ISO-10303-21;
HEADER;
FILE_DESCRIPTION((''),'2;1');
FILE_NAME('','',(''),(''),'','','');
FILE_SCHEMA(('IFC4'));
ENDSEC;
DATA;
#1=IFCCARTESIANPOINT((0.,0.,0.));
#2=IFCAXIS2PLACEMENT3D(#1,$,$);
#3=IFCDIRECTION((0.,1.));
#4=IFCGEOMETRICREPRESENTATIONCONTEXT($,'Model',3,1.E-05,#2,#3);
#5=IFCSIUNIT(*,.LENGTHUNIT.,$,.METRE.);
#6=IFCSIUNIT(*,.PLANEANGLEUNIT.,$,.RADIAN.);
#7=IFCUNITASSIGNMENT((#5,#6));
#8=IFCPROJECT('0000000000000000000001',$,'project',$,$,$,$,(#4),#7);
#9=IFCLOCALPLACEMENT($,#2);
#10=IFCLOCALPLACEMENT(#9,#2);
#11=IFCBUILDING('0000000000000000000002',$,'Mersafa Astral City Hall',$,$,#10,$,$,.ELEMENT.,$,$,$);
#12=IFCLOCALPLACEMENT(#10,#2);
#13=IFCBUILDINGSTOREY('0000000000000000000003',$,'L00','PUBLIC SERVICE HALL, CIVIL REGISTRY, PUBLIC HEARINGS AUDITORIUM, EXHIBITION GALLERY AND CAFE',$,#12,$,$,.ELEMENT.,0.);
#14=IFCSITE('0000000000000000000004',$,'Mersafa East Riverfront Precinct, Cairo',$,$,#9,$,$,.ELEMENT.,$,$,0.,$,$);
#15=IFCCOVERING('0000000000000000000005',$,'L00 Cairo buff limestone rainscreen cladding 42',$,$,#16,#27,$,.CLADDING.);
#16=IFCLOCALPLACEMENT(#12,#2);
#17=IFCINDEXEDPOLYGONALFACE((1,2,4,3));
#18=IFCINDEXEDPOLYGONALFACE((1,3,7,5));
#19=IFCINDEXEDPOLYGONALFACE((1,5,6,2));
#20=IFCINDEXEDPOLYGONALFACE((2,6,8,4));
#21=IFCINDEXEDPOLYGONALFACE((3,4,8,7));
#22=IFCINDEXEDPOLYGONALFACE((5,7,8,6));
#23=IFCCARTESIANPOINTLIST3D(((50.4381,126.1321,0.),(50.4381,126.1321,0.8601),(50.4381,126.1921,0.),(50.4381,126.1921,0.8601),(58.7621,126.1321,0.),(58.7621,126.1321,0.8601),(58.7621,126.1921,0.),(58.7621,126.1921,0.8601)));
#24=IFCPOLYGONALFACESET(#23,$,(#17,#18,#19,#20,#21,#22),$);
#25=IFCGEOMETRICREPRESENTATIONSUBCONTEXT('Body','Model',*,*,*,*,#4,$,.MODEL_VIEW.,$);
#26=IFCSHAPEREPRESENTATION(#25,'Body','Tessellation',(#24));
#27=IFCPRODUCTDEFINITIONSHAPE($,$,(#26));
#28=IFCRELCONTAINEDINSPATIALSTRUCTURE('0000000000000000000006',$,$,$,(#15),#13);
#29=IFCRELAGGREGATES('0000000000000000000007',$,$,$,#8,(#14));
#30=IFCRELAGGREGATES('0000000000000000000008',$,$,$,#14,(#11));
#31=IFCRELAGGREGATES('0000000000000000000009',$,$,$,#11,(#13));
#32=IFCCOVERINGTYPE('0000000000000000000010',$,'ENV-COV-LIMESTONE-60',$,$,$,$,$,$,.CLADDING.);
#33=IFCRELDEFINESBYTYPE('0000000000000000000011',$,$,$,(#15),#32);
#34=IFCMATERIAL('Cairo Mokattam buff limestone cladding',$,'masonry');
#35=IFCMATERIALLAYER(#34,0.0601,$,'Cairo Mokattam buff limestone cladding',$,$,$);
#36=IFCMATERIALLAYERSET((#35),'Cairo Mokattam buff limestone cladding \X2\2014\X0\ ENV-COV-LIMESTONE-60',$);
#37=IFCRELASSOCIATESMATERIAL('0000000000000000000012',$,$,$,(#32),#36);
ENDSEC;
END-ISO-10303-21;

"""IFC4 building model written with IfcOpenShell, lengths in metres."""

from ifc_helpers import new_model, si_unit, direction, frame, origin, origin_2d, place, context, subcontext, project, spatial, rectangle, extrude, material, layer, layer_set, type_object, element, save


model = new_model("IFC4")

# Units and contexts
model_context = context("Model", 3, precision=1e-05, world=origin(), true_north=direction((0.0, 1.0)))
body_context = subcontext(model_context, "Body", "Model", "MODEL_VIEW")
ifc_project = project(units=[si_unit("LENGTHUNIT", "METRE"), si_unit("PLANEANGLEUNIT", "RADIAN")], contexts=[model_context])

# Site, building, storey
site_placement = place(None, origin())
site = spatial("IfcSite", under=ifc_project, at=site_placement, Name="Mersafa East Riverfront Precinct, Cairo", CompositionType="ELEMENT", RefElevation=0.0)
building_placement = place(site_placement, origin())
building = spatial("IfcBuilding", under=site, at=building_placement, Name="Mersafa Astral City Hall", CompositionType="ELEMENT")
storey_placement = place(building_placement, origin())
storey = spatial("IfcBuildingStorey", under=building, at=storey_placement, Name="L00", Description="PUBLIC SERVICE HALL, CIVIL REGISTRY, PUBLIC HEARINGS AUDITORIUM, EXHIBITION GALLERY AND CAFE", CompositionType="ELEMENT", Elevation=0.0)

# Covering
ifc_material_1 = material(Name="Cairo Mokattam buff limestone cladding", Category="masonry")
ifc_layer_1 = layer(ifc_material_1, 0.0601, Name="Cairo Mokattam buff limestone cladding")
ifc_layer_set_1 = layer_set([ifc_layer_1], Name="Cairo Mokattam buff limestone cladding — ENV-COV-LIMESTONE-60")
covering_type = type_object("IfcCoveringType", Name="ENV-COV-LIMESTONE-60", PredefinedType="CLADDING", material=ifc_layer_set_1)
covering_placement = place(storey_placement, frame((54.6001, 126.1621, 0.0), z_axis=(0.0, 0.0, 1.0), x_axis=(-1.0, 0.0, 0.0)))
element("IfcCovering", 1, at=covering_placement, inside=storey, type_object=covering_type, Name="L00 Cairo buff limestone rainscreen cladding 42", PredefinedType="CLADDING", context=body_context, shape_type="SweptSolid", body=[
    extrude(rectangle(XDim=8.324, YDim=0.0601, at=origin_2d()), origin(), (0.0, 0.0, 1.0), 0.8601),
])

save(model, "model.ifc")
